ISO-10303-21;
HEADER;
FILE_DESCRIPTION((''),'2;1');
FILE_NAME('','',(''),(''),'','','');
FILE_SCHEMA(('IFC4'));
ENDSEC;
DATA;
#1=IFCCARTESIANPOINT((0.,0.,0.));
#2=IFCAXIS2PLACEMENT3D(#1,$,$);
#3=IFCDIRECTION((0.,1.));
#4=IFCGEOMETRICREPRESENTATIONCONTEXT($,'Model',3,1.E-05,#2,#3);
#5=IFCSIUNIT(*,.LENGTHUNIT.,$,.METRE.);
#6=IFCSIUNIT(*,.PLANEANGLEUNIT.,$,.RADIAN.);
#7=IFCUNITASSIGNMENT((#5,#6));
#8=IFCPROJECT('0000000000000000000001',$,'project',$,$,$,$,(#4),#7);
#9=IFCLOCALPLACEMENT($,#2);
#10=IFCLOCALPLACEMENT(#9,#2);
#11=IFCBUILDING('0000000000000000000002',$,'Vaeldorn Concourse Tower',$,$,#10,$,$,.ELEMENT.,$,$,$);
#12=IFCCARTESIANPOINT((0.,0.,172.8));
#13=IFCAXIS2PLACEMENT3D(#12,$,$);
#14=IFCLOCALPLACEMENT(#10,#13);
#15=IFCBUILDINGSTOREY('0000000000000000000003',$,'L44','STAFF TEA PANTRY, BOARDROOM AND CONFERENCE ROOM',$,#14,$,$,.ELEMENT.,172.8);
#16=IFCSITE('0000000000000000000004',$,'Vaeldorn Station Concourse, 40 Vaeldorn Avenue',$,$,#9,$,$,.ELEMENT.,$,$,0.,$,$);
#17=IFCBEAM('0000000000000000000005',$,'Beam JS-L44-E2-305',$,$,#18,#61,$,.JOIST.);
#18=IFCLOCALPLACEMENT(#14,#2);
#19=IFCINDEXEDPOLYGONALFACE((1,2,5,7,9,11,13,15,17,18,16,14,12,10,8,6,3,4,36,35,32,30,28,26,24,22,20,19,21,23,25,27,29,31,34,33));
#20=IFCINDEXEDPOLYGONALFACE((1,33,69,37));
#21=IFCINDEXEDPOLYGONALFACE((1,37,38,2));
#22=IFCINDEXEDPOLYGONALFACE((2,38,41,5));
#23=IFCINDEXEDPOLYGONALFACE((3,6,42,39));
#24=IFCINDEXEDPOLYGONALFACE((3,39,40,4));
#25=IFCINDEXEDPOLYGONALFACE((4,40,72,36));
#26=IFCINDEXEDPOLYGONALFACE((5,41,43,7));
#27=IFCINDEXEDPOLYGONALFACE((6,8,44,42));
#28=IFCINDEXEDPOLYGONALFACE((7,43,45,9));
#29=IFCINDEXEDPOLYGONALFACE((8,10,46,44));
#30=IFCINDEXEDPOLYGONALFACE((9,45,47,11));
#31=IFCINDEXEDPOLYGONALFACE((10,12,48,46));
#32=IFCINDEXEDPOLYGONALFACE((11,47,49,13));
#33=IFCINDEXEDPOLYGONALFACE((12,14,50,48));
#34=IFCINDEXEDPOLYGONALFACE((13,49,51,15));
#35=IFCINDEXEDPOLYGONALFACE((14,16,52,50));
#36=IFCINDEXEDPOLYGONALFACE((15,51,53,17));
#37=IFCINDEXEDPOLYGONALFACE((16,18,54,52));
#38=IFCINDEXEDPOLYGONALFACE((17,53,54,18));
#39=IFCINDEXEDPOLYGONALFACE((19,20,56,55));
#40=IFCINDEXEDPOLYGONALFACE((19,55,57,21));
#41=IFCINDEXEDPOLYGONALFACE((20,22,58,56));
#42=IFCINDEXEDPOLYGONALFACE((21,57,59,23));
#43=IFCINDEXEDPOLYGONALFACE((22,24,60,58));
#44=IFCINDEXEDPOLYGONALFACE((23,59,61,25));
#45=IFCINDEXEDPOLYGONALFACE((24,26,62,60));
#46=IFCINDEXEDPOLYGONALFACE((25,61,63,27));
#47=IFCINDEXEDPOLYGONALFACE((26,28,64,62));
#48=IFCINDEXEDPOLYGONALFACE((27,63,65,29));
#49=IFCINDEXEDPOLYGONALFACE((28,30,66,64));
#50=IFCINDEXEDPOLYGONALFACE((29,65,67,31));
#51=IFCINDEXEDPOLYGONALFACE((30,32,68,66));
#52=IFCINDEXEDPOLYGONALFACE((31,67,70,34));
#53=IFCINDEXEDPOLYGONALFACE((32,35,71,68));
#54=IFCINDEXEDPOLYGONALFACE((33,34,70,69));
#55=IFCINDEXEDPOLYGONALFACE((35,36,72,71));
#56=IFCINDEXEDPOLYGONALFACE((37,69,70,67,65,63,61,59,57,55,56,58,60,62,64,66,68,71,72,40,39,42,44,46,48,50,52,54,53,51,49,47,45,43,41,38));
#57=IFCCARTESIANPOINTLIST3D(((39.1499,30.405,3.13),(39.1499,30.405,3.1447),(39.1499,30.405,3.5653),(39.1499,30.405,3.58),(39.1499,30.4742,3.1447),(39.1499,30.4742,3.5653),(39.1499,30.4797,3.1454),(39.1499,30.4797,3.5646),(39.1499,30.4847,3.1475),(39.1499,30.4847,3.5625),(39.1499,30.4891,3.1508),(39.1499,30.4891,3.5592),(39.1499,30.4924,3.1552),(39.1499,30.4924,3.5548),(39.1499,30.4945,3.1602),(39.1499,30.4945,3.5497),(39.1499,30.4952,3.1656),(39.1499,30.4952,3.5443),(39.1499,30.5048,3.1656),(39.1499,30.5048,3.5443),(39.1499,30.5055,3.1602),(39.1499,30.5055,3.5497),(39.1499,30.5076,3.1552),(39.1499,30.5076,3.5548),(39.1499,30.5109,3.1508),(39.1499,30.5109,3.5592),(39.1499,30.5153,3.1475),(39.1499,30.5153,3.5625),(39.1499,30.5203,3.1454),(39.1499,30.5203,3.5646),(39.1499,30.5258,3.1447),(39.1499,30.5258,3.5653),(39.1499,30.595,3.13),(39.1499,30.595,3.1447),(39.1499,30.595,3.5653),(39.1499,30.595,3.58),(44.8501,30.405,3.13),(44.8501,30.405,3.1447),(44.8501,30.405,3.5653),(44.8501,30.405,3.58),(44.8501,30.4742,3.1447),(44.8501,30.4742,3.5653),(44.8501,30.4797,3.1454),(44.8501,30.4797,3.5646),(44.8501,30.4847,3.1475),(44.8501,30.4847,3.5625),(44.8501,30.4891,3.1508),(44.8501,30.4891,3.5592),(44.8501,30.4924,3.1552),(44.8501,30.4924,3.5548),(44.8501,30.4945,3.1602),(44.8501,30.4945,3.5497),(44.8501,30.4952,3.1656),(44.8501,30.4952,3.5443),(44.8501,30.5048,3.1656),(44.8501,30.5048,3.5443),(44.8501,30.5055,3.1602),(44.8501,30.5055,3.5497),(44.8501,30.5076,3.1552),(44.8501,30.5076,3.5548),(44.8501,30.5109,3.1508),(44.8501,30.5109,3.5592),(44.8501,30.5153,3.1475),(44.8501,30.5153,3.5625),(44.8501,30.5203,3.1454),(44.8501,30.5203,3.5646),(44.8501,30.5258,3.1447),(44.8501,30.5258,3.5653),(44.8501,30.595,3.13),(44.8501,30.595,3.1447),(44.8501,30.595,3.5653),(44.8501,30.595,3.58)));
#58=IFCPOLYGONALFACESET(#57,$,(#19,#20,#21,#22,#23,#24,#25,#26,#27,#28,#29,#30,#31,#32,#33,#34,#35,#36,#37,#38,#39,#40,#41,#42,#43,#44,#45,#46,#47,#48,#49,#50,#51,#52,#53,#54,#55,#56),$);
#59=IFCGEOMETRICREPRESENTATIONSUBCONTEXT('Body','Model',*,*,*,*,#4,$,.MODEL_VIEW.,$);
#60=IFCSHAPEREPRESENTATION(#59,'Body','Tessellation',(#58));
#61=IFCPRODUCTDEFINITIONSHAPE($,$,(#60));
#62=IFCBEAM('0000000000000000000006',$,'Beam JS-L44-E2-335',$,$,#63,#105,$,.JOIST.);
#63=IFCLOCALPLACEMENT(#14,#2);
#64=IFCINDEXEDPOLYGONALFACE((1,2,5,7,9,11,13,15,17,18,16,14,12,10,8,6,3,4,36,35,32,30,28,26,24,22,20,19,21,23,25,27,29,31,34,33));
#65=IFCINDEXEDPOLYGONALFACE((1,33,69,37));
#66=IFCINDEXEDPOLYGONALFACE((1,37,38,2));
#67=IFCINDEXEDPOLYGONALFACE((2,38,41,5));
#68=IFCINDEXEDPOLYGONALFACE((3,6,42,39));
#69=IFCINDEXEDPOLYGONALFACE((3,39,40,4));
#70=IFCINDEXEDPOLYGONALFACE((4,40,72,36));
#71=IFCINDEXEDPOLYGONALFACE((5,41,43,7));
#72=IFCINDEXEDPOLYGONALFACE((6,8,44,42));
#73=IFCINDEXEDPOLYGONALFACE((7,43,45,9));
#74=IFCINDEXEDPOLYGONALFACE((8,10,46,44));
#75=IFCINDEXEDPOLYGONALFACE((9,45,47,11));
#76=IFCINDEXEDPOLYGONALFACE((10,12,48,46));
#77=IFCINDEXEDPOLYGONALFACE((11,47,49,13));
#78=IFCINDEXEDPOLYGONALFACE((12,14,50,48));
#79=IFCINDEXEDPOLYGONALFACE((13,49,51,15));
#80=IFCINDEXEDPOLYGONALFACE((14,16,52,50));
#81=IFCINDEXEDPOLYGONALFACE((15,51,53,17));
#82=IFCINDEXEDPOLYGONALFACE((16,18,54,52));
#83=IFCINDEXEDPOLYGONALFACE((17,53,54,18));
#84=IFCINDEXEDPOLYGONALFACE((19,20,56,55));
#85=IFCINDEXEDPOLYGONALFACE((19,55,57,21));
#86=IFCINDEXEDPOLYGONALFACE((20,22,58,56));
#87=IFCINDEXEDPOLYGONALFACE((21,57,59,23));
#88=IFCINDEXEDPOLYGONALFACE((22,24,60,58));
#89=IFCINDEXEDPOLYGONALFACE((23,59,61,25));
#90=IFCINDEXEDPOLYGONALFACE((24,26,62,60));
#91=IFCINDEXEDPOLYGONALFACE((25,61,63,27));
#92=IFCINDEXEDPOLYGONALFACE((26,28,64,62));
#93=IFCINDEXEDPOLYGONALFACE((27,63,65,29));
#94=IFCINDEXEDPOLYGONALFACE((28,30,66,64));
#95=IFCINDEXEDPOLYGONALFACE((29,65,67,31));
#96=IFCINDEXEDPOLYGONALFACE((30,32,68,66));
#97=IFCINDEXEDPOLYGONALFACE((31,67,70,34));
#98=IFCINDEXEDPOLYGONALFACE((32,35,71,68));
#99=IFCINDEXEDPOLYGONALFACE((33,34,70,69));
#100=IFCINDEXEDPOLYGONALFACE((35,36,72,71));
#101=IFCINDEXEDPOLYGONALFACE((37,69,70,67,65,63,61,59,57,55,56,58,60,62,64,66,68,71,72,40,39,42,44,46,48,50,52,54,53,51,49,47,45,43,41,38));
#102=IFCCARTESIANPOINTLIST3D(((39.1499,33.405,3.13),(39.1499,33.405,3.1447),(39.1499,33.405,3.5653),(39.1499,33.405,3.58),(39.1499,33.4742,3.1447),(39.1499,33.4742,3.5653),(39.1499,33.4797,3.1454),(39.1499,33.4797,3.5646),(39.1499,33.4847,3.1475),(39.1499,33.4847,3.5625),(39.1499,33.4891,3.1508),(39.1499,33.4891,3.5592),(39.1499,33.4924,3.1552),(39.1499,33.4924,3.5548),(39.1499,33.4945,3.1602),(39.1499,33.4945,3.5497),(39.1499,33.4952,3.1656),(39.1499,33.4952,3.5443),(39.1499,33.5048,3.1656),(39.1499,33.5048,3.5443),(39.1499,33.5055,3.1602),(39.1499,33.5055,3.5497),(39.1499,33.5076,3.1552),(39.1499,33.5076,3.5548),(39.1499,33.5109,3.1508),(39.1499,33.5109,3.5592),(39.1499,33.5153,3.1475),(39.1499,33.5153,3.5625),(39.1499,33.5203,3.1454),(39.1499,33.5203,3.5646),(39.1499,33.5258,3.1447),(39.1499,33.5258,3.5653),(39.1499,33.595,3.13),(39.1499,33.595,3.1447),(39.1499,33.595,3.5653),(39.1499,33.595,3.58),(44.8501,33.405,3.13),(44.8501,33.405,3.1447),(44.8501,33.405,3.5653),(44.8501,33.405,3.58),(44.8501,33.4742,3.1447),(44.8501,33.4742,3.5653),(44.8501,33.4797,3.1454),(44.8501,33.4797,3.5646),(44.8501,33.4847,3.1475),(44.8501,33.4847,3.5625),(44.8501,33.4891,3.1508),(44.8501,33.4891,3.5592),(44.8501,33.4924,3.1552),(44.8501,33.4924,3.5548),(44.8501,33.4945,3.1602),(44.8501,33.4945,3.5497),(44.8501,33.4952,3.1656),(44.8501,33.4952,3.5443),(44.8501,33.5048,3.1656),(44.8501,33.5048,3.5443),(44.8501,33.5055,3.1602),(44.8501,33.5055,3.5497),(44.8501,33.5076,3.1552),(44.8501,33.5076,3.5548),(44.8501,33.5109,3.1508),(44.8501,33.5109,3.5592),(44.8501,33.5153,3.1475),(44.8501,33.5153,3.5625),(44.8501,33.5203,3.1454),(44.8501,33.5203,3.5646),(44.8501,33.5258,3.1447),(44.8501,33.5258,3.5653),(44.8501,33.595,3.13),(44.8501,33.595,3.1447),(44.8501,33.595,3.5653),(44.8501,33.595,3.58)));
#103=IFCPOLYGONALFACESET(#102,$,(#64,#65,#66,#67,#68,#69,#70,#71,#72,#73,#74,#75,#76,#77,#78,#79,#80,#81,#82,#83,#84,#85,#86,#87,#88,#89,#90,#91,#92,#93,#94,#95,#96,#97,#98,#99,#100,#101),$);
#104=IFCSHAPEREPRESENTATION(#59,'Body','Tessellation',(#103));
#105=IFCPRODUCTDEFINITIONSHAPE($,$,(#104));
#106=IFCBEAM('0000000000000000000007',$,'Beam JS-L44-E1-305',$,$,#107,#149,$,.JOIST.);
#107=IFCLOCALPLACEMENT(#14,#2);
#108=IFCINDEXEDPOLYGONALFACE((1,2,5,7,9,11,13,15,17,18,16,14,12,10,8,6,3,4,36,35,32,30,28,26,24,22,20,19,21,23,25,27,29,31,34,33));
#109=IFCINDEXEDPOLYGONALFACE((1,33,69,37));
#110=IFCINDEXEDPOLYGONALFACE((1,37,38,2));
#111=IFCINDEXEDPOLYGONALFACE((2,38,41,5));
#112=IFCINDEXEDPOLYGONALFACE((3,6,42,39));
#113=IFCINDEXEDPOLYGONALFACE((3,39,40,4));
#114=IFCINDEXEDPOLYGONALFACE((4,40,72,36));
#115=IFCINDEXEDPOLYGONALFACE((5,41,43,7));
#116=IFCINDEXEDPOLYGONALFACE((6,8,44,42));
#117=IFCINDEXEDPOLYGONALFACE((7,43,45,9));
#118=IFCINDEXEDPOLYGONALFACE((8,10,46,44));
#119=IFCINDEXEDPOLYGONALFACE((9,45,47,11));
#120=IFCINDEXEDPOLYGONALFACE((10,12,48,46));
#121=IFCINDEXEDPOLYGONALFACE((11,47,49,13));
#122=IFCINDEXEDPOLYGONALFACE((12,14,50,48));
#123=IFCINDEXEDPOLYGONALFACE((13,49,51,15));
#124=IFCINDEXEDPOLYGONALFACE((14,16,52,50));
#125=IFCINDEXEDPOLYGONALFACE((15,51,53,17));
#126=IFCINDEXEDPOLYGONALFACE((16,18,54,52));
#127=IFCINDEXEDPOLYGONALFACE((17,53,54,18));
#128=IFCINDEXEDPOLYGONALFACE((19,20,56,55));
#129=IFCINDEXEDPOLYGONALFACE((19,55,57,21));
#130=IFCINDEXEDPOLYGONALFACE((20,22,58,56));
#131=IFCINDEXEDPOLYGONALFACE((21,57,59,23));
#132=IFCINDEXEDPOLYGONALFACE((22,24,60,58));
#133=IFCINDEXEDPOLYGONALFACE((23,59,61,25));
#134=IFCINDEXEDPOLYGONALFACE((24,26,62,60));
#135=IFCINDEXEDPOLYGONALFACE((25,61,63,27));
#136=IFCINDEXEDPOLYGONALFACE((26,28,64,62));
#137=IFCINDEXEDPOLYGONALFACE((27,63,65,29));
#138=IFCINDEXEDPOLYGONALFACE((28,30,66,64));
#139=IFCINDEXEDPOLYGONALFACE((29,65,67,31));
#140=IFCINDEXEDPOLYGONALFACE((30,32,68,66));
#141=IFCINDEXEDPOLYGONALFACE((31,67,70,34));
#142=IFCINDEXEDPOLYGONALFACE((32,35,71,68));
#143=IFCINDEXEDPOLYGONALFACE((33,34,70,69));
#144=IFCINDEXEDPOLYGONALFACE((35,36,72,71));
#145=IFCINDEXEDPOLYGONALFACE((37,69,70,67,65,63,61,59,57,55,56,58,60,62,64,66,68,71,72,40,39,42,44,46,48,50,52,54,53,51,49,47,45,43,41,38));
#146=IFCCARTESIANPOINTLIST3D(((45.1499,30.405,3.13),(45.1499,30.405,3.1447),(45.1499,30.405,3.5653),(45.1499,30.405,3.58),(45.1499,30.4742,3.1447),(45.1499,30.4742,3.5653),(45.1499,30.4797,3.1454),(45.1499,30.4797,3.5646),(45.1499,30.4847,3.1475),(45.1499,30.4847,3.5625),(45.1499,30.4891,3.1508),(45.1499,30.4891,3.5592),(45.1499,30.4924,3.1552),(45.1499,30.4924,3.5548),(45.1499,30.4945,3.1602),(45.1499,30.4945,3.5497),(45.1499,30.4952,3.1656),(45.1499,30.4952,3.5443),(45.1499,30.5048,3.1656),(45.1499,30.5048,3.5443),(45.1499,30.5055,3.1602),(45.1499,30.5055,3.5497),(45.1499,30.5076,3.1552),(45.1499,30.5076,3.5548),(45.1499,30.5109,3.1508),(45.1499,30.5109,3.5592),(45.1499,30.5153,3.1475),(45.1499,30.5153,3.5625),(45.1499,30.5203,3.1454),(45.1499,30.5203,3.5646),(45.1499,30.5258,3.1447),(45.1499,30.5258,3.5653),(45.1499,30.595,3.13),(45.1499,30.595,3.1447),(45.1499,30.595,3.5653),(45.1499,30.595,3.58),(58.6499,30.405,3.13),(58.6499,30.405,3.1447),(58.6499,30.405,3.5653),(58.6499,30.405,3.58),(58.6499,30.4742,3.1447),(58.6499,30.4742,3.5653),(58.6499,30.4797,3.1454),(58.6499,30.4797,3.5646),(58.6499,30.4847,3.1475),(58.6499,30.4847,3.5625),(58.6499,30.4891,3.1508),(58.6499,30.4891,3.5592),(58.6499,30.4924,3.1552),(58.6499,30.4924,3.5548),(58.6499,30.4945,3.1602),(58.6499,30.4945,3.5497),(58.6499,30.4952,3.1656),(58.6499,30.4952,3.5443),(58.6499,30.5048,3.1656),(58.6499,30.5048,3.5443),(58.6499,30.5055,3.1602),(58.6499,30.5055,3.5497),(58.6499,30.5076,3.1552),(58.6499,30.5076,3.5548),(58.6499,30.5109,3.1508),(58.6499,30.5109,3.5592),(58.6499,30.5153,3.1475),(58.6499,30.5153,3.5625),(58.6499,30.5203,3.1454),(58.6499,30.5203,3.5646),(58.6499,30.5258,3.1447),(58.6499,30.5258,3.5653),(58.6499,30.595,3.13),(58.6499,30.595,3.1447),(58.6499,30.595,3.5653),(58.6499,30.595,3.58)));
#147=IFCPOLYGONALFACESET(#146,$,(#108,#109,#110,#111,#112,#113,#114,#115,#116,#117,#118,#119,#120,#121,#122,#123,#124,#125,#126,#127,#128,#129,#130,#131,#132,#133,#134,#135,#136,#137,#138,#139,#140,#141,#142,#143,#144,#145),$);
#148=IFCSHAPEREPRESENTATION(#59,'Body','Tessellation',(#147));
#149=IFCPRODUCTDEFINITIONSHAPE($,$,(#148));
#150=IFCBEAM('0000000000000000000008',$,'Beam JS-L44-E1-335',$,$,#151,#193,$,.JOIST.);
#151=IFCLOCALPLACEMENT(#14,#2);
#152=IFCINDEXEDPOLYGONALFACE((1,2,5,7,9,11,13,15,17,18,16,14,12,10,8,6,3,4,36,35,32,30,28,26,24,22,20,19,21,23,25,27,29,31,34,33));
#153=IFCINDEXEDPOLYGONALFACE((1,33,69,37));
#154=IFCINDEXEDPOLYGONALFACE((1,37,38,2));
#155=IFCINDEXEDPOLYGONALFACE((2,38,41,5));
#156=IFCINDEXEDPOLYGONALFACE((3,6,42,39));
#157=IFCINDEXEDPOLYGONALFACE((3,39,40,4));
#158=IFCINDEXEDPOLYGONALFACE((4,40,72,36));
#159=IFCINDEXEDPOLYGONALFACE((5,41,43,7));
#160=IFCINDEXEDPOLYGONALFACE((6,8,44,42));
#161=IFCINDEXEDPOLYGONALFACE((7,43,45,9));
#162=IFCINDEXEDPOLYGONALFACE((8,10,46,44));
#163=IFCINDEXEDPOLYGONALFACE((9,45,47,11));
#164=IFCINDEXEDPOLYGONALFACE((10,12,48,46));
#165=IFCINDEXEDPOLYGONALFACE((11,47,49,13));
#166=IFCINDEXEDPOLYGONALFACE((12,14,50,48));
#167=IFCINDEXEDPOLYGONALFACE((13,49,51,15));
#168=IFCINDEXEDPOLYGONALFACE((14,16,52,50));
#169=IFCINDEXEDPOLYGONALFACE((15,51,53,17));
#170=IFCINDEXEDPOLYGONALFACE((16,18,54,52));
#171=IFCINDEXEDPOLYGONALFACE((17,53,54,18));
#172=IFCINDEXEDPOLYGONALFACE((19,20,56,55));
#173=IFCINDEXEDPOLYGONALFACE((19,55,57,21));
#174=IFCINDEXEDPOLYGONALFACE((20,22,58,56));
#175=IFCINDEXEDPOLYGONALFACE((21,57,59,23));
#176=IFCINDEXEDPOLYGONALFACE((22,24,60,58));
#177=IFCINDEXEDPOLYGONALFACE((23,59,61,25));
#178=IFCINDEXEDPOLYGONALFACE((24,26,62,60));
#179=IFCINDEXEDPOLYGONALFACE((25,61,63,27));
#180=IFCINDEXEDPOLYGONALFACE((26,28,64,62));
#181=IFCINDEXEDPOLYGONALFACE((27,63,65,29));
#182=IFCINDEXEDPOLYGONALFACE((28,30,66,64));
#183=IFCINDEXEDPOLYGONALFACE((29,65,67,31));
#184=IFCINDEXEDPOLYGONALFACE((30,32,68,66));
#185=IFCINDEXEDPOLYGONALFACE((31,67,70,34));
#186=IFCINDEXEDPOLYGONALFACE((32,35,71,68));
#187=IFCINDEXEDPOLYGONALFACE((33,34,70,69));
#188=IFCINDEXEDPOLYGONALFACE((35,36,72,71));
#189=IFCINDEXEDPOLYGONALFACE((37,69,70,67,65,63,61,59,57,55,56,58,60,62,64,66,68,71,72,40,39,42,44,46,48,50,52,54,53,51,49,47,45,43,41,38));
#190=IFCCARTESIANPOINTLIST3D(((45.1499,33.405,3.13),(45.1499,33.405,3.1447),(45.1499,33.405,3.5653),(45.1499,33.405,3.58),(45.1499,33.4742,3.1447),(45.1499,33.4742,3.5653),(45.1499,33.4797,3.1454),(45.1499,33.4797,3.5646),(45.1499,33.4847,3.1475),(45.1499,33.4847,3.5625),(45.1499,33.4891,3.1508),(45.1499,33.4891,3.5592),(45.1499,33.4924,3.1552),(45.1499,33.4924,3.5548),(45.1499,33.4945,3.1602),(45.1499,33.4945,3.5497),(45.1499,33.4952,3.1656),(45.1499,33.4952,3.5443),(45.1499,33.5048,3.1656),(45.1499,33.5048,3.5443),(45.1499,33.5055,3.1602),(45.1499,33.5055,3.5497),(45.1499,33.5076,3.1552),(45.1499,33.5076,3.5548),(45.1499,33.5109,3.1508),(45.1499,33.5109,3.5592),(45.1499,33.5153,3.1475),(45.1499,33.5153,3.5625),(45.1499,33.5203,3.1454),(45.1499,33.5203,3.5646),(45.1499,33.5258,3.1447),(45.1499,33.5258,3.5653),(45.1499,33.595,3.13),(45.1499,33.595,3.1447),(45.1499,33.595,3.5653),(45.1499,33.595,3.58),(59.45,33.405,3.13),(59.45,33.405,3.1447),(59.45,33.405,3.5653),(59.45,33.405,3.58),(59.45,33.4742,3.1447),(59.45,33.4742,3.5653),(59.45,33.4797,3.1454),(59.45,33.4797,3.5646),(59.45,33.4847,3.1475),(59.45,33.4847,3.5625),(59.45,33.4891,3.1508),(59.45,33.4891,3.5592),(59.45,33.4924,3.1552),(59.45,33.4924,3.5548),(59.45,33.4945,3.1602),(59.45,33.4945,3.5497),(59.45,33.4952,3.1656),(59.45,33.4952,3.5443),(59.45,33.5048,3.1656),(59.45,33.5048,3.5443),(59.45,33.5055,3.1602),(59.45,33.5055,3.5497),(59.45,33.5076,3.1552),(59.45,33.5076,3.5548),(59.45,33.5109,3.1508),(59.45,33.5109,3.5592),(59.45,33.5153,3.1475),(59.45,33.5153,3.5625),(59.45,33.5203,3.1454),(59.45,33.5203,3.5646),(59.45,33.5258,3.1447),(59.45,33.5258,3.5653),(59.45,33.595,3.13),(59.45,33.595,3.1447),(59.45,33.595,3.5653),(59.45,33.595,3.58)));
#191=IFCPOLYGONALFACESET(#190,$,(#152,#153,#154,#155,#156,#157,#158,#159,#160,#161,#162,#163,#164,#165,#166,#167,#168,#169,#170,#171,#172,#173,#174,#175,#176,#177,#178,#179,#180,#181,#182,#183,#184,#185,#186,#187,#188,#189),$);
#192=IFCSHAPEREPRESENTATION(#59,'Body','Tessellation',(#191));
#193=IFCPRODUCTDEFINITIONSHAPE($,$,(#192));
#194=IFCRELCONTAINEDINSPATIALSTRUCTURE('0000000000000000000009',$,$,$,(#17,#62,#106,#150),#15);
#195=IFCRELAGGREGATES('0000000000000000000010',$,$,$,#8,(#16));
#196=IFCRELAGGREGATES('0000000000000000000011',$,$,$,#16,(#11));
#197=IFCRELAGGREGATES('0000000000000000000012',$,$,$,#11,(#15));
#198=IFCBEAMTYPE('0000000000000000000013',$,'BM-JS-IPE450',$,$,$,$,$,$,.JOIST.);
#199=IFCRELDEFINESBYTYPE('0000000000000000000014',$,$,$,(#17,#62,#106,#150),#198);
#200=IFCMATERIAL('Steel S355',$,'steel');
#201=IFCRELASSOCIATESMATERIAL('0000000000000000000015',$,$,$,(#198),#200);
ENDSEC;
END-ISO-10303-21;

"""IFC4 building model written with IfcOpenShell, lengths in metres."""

from ifc_helpers import new_model, si_unit, direction, frame, origin, origin_2d, place, context, subcontext, project, spatial, i_section, extrude, source, transform, mapped, material, material_profile, profile_set, type_object, element, save


model = new_model("IFC4")

# Units and contexts
model_context = context("Model", 3, precision=1e-05, world=origin(), true_north=direction((0.0, 1.0)))
body_context = subcontext(model_context, "Body", "Model", "MODEL_VIEW")
ifc_project = project(units=[si_unit("LENGTHUNIT", "METRE"), si_unit("PLANEANGLEUNIT", "RADIAN")], contexts=[model_context])

# Site, building, storey
site_placement = place(None, origin())
site = spatial("IfcSite", under=ifc_project, at=site_placement, Name="Vaeldorn Station Concourse, 40 Vaeldorn Avenue", CompositionType="ELEMENT", RefElevation=0.0)
building_placement = place(site_placement, origin())
building = spatial("IfcBuilding", under=site, at=building_placement, Name="Vaeldorn Concourse Tower", CompositionType="ELEMENT")
storey_placement = place(building_placement, frame((0.0, 0.0, 172.8)))
storey = spatial("IfcBuildingStorey", under=building, at=storey_placement, Name="L44", Description="STAFF TEA PANTRY, BOARDROOM AND CONFERENCE ROOM", CompositionType="ELEMENT", Elevation=172.8)

# Shared definitions
ifc_material_1 = material(Name="Steel S355", Category="steel")

# Beams
ifc_material_profile_1 = material_profile(ifc_material_1, i_section(OverallWidth=0.1899, OverallDepth=0.45, WebThickness=0.0095, FlangeThickness=0.0146, FilletRadius=0.021, at=origin_2d()), Name="IPE 450")
ifc_profile_set_1 = profile_set([ifc_material_profile_1], Name="Steel S355")
beam_type_1 = type_object("IfcBeamType", Name="BM-JS-IPE450", PredefinedType="JOIST", material=ifc_profile_set_1)
shared_shape_1 = source(origin(), body_context, "Body", "SweptSolid", [
    extrude(i_section(OverallWidth=0.1899, OverallDepth=0.45, WebThickness=0.0095, FlangeThickness=0.0146, FilletRadius=0.021, at=origin_2d()), origin(), (0.0, 0.0, 1.0), 5.7002),
])
for number, where, z_axis, x_axis, name in (
    (1, (39.1499, 30.5, 3.355), (1.0, 0.0, 0.0), (0.0, 1.0, 0.0), "Beam JS-L44-E2-305"),
    (2, (39.1499, 33.5, 3.355), (1.0, 0.0, 0.0), (0.0, 1.0, 0.0), "Beam JS-L44-E2-335"),
):
    element("IfcBeam", number, at=place(storey_placement, frame(where, z_axis=z_axis, x_axis=x_axis)), inside=storey, type_object=beam_type_1, Name=name, PredefinedType="JOIST", context=body_context, shape_type="MappedRepresentation", body=[
        mapped(shared_shape_1, transform((0.0, 0.0, 0.0), scale=1.0)),
    ])
shared_shape_2 = source(origin(), body_context, "Body", "SweptSolid", [
    extrude(i_section(OverallWidth=0.1899, OverallDepth=0.45, WebThickness=0.0095, FlangeThickness=0.0146, FilletRadius=0.021, at=origin_2d()), origin(), (0.0, 0.0, 1.0), 13.5),
])
beam_1_placement = place(storey_placement, frame((45.1499, 30.5, 3.355), z_axis=(1.0, 0.0, 0.0), x_axis=(0.0, 1.0, 0.0)))
element("IfcBeam", 3, at=beam_1_placement, inside=storey, type_object=beam_type_1, Name="Beam JS-L44-E1-305", PredefinedType="JOIST", context=body_context, shape_type="MappedRepresentation", body=[
    mapped(shared_shape_2, transform((0.0, 0.0, 0.0), scale=1.0)),
])
shared_shape_3 = source(origin(), body_context, "Body", "SweptSolid", [
    extrude(i_section(OverallWidth=0.1899, OverallDepth=0.45, WebThickness=0.0095, FlangeThickness=0.0146, FilletRadius=0.021, at=origin_2d()), origin(), (0.0, 0.0, 1.0), 14.3),
])
beam_2_placement = place(storey_placement, frame((45.1499, 33.5, 3.355), z_axis=(1.0, 0.0, 0.0), x_axis=(0.0, 1.0, 0.0)))
element("IfcBeam", 4, at=beam_2_placement, inside=storey, type_object=beam_type_1, Name="Beam JS-L44-E1-335", PredefinedType="JOIST", context=body_context, shape_type="MappedRepresentation", body=[
    mapped(shared_shape_3, transform((0.0, 0.0, 0.0), scale=1.0)),
])

save(model, "model.ifc")
